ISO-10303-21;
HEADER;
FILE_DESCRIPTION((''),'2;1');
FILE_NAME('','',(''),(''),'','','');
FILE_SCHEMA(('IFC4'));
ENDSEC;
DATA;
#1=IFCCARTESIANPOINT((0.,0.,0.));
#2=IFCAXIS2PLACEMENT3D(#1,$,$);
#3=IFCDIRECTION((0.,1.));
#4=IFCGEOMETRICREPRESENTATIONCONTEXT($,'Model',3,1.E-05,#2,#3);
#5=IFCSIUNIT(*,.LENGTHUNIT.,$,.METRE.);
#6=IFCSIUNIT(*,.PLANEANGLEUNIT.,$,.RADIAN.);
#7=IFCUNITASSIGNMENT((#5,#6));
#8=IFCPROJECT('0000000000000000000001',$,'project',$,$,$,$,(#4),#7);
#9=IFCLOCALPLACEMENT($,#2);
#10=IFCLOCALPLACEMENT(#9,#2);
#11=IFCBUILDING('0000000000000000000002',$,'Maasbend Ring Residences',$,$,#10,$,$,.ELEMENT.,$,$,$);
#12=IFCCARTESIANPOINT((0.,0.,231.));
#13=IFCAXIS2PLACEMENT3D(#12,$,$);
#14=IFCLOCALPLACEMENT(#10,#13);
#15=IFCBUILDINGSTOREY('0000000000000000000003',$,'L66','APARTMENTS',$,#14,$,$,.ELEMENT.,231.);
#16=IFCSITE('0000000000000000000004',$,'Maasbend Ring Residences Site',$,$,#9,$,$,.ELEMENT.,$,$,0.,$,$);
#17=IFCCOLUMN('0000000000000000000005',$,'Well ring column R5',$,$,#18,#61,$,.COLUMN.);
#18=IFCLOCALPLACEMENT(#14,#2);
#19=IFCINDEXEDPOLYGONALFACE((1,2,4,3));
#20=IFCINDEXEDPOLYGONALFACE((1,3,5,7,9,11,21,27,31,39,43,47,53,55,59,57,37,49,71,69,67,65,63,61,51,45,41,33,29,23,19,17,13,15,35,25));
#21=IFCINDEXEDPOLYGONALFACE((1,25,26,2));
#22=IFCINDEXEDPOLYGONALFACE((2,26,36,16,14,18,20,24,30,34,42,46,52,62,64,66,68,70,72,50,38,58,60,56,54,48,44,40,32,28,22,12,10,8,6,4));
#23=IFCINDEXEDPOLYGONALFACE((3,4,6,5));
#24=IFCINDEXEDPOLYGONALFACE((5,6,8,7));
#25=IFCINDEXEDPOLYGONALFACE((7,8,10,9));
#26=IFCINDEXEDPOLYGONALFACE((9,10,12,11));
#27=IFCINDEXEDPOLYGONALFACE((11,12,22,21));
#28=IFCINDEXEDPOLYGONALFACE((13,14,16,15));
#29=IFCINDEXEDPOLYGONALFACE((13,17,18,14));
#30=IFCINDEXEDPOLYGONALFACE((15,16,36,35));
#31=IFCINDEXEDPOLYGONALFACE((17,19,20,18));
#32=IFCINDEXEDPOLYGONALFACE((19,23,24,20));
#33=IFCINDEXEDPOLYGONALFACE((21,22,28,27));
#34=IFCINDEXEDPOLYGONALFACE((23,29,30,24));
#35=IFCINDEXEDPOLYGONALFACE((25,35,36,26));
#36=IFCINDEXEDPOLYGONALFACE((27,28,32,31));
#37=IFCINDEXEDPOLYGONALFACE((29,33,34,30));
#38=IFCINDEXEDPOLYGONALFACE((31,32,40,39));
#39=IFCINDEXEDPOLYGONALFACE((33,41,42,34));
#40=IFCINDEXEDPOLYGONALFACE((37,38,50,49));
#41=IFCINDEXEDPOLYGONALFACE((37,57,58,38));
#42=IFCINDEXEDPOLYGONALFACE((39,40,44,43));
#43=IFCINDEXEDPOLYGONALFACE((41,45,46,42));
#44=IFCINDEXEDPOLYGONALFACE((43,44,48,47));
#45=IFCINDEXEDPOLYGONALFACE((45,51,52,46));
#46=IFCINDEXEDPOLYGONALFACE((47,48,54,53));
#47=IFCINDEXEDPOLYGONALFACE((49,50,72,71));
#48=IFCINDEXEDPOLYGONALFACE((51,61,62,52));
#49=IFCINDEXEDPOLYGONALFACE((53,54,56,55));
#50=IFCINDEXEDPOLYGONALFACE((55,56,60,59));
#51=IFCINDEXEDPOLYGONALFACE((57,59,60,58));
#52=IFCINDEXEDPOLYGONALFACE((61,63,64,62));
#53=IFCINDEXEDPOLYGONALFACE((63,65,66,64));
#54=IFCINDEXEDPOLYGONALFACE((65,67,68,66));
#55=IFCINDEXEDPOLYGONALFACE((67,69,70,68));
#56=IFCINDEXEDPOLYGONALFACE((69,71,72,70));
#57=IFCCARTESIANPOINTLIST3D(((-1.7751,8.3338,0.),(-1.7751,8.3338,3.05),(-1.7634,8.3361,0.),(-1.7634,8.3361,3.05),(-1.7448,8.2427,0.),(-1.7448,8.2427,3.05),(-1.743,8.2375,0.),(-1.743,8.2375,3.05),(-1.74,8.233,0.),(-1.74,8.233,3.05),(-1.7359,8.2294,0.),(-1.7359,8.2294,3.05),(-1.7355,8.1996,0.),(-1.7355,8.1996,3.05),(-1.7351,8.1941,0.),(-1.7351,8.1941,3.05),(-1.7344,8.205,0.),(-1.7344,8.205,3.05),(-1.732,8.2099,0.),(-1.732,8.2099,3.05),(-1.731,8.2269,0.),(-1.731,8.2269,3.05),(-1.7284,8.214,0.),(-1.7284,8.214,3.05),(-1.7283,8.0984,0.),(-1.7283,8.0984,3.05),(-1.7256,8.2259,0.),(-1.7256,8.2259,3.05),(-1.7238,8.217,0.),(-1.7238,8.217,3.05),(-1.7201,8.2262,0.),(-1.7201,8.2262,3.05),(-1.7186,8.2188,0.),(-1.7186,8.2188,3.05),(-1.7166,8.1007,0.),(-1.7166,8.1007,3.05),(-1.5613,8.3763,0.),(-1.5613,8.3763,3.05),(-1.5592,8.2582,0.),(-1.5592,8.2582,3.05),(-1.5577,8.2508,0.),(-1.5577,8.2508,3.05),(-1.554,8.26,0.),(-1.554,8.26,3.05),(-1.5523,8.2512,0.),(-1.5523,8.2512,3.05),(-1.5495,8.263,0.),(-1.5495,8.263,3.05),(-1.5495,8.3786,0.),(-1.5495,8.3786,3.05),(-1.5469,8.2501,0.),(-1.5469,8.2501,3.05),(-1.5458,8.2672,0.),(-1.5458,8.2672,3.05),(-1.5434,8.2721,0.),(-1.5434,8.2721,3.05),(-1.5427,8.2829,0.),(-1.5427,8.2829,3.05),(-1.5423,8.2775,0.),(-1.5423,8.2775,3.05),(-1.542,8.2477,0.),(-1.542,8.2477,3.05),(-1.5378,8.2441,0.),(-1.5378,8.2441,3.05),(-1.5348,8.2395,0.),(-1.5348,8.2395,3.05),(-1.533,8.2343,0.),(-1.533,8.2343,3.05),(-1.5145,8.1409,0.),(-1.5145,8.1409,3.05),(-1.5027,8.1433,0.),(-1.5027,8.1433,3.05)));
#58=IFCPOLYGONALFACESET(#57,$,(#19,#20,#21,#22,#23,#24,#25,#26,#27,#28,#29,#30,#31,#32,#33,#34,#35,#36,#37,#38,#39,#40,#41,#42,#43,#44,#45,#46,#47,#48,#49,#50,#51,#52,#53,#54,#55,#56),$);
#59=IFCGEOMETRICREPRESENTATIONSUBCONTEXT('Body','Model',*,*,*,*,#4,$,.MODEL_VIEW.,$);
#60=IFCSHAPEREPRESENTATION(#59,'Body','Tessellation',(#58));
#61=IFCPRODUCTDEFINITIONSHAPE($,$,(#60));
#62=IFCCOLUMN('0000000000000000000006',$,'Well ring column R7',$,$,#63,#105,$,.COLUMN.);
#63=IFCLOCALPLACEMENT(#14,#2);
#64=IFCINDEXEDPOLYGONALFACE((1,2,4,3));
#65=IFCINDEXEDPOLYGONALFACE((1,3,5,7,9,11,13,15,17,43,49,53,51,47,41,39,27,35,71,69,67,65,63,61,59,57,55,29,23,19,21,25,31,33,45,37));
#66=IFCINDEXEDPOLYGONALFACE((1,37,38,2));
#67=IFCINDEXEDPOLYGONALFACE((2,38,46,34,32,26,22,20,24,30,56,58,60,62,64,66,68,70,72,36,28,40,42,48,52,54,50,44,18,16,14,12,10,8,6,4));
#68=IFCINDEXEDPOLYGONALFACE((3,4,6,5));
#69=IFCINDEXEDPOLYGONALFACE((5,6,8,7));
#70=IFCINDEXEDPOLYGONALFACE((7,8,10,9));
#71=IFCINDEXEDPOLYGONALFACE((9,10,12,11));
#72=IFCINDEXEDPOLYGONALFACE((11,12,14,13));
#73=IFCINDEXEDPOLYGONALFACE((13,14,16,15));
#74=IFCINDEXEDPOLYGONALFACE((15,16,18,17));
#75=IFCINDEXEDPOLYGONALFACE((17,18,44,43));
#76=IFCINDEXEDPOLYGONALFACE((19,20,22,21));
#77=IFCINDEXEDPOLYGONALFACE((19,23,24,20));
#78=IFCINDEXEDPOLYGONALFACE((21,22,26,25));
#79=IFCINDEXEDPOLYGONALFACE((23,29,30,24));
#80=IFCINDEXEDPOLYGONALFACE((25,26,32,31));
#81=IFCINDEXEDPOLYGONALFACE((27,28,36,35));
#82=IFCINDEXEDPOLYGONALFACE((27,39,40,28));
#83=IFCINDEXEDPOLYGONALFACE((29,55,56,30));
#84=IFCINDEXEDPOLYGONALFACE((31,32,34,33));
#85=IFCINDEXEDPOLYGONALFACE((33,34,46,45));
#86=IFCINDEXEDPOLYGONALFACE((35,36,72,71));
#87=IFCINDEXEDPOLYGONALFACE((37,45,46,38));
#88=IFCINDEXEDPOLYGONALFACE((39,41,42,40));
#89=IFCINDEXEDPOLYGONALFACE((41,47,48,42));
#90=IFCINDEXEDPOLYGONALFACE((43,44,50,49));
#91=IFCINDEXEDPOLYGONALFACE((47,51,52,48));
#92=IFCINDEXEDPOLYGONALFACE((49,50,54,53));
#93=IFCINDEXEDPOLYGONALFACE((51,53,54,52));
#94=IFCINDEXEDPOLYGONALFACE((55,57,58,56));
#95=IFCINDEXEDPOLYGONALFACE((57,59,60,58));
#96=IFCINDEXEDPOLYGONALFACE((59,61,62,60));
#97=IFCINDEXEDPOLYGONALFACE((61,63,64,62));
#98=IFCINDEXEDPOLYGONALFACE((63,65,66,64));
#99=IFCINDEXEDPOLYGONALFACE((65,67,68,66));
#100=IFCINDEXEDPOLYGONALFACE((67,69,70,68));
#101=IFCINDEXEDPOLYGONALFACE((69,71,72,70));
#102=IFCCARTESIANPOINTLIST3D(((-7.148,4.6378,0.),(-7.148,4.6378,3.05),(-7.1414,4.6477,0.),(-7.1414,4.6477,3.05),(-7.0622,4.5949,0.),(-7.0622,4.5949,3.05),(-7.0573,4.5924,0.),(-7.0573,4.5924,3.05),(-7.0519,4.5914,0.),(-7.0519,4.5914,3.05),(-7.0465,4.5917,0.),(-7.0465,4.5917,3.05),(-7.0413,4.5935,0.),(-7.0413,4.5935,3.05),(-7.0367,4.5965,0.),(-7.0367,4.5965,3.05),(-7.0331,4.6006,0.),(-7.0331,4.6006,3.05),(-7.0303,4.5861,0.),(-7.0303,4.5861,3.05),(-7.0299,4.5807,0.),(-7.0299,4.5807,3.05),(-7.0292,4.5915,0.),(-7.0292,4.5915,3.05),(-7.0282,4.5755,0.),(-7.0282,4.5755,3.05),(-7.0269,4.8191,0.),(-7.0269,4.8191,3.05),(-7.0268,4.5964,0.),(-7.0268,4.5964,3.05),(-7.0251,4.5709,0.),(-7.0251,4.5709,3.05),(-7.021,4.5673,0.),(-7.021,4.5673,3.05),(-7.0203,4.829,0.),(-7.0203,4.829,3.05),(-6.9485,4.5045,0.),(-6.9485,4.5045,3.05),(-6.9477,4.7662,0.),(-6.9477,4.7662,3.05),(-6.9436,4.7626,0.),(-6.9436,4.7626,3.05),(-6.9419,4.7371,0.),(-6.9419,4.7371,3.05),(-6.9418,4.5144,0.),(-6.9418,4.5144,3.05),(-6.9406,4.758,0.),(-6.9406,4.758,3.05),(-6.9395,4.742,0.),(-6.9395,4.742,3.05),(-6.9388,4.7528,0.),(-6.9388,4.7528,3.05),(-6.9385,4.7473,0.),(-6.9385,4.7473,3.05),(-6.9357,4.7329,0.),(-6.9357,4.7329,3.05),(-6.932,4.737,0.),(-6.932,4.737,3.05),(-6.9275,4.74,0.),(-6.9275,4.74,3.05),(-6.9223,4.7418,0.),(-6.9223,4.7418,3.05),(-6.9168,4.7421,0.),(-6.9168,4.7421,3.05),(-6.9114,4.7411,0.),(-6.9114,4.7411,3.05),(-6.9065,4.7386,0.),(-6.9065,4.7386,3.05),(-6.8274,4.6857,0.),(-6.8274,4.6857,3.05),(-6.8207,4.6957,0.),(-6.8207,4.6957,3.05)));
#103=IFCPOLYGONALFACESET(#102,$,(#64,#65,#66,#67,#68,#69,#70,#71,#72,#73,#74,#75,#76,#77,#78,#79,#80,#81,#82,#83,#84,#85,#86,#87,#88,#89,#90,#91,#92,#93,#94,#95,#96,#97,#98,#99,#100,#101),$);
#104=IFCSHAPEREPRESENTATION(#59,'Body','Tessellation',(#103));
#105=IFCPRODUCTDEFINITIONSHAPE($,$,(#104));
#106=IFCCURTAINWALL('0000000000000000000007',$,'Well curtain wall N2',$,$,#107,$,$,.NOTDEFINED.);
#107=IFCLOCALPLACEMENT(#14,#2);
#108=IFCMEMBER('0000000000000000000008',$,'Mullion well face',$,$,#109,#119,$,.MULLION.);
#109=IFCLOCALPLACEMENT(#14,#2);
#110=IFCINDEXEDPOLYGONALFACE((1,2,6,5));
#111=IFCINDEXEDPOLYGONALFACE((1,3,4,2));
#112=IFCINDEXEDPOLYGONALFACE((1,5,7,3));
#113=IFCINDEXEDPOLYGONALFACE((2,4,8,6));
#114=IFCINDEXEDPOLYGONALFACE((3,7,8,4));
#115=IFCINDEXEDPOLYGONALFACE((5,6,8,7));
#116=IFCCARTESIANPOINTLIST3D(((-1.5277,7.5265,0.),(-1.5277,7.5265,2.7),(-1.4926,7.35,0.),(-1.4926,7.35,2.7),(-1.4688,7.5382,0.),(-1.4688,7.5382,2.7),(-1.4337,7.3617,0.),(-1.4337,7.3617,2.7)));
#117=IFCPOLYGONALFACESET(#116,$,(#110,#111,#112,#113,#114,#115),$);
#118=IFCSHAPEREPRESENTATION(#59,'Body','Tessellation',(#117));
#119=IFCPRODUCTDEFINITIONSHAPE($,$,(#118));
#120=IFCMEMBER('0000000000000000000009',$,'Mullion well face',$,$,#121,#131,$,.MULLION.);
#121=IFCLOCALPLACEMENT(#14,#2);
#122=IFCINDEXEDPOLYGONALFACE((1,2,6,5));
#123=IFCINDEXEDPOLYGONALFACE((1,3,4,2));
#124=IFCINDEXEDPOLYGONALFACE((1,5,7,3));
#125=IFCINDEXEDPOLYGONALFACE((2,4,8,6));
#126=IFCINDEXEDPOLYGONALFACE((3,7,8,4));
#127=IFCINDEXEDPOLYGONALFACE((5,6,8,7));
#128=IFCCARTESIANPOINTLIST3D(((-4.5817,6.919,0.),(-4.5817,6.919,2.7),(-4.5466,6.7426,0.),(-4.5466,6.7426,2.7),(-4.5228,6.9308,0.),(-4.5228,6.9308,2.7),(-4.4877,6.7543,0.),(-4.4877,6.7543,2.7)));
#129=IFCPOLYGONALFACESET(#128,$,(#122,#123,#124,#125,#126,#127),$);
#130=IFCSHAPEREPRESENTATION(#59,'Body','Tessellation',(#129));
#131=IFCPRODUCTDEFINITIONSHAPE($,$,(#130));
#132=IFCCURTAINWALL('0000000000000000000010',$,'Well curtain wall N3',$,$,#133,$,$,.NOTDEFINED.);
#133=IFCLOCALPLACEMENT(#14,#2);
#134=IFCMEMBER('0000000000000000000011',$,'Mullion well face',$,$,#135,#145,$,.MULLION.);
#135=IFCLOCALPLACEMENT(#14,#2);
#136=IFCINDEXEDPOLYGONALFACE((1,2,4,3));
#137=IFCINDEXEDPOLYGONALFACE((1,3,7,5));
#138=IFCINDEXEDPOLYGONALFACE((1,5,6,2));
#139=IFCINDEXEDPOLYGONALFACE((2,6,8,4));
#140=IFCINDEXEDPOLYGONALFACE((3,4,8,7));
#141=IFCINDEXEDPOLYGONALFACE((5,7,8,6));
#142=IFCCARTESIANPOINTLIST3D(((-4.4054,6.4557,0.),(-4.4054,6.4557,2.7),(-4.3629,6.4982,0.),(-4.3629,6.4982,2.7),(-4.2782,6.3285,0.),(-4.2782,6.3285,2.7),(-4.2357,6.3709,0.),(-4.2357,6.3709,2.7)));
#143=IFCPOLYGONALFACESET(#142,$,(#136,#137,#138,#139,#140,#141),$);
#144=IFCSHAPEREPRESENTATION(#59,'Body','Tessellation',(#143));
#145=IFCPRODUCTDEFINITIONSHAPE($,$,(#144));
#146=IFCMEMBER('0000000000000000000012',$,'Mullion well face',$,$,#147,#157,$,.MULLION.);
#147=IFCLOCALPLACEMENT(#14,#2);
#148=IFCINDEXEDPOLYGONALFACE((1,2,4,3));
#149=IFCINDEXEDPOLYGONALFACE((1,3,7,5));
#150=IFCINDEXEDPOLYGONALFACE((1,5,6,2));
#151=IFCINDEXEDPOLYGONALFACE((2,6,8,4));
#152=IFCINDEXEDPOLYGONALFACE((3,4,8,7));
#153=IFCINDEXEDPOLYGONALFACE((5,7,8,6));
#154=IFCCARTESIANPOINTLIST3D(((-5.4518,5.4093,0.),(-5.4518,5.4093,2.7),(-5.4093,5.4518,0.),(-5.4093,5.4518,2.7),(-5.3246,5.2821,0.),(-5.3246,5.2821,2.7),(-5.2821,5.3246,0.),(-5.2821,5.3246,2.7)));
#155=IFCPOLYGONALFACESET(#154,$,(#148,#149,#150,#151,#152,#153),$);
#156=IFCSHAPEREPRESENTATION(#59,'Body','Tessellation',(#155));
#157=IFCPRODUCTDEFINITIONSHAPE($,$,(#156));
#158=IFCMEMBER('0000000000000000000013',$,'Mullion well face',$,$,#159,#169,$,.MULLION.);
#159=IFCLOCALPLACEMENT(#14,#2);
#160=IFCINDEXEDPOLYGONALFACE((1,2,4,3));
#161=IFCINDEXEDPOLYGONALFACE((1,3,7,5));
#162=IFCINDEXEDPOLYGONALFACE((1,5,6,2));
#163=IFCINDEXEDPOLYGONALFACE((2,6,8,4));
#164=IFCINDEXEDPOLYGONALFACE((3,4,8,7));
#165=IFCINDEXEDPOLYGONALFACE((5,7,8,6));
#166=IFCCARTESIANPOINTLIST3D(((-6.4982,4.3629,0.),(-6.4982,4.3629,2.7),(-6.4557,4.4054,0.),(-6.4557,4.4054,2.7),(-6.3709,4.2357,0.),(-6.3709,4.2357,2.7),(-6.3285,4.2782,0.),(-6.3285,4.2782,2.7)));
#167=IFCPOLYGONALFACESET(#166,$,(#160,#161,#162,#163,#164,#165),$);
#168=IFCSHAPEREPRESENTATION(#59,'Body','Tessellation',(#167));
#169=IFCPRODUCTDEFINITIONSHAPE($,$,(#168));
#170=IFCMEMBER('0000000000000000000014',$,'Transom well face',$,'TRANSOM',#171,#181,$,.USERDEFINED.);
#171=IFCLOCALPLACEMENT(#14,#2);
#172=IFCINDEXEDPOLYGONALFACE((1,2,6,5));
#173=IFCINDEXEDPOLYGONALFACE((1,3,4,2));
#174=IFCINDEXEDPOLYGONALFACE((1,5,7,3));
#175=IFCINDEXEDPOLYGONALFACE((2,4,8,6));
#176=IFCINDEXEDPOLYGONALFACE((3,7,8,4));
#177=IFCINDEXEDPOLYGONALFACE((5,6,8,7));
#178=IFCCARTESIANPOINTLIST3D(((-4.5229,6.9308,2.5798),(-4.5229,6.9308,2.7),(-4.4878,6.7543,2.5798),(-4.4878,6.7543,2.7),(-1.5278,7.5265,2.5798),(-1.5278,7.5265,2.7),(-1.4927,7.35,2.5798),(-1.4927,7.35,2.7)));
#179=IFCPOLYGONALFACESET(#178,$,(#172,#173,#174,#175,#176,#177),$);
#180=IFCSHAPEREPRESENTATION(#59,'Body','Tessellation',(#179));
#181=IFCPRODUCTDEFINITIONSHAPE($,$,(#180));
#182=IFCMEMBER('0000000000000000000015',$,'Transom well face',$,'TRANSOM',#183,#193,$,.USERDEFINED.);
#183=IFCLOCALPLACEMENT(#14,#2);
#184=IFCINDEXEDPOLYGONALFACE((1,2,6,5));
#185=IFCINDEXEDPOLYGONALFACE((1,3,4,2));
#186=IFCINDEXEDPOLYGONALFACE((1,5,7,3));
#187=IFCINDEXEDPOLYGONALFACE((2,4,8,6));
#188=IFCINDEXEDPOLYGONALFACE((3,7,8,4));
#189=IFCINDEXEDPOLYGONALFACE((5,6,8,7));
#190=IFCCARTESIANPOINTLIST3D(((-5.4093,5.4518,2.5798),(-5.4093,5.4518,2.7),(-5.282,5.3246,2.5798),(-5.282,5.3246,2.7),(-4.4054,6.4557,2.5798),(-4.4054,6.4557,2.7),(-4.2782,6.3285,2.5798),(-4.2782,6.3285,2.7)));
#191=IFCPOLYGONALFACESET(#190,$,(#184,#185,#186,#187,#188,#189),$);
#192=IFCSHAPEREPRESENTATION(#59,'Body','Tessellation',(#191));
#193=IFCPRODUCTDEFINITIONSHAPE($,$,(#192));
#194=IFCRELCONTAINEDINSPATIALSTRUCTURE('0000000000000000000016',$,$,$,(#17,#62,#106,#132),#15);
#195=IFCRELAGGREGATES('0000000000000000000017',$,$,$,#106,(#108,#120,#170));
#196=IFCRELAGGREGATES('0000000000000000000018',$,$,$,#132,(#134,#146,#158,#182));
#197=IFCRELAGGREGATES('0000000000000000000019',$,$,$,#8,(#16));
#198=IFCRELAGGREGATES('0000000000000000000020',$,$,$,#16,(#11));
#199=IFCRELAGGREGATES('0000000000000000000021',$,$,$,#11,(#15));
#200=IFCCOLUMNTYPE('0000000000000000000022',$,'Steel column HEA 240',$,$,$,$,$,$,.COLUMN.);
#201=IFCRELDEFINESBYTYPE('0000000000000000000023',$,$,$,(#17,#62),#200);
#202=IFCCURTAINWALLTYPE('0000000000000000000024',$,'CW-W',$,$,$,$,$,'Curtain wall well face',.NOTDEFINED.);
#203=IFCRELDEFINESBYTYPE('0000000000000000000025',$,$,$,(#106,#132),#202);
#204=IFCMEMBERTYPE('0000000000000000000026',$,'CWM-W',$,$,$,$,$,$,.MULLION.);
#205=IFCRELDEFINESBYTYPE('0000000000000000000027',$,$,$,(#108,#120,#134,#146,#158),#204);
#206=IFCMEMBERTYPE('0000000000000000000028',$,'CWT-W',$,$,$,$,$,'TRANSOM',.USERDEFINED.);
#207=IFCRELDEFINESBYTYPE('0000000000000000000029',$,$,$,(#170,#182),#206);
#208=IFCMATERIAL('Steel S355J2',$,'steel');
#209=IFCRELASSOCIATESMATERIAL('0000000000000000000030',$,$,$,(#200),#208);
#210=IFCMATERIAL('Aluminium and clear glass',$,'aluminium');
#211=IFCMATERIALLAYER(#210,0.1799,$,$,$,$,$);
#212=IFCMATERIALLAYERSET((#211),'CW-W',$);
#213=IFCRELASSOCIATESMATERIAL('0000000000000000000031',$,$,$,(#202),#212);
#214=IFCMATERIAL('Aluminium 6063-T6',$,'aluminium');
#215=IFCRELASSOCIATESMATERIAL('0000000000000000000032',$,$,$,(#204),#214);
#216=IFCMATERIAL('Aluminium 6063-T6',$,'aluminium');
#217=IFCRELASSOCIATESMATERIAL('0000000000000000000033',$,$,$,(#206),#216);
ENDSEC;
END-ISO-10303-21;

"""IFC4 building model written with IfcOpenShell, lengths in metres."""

from ifc_helpers import new_model, si_unit, direction, frame, origin, origin_2d, place, context, subcontext, project, spatial, rectangle, i_section, extrude, material, layer, layer_set, material_profile, profile_set, type_object, element, aggregate, save


model = new_model("IFC4")

# Units and contexts
model_context = context("Model", 3, precision=1e-05, world=origin(), true_north=direction((0.0, 1.0)))
body_context = subcontext(model_context, "Body", "Model", "MODEL_VIEW")
ifc_project = project(units=[si_unit("LENGTHUNIT", "METRE"), si_unit("PLANEANGLEUNIT", "RADIAN")], contexts=[model_context])

# Site, building, storey
site_placement = place(None, origin())
site = spatial("IfcSite", under=ifc_project, at=site_placement, Name="Maasbend Ring Residences Site", CompositionType="ELEMENT", RefElevation=0.0)
building_placement = place(site_placement, origin())
building = spatial("IfcBuilding", under=site, at=building_placement, Name="Maasbend Ring Residences", CompositionType="ELEMENT")
storey_placement = place(building_placement, frame((0.0, 0.0, 231.0)))
storey = spatial("IfcBuildingStorey", under=building, at=storey_placement, Name="L66", Description="APARTMENTS", CompositionType="ELEMENT", Elevation=231.0)

# Columns
ifc_material_1 = material(Name="Steel S355J2", Category="steel")
ifc_material_profile_1 = material_profile(ifc_material_1, i_section(OverallWidth=0.24, OverallDepth=0.23, WebThickness=0.0076, FlangeThickness=0.012, FilletRadius=0.021, at=origin_2d()), Name="HEA 240")
ifc_profile_set_1 = profile_set([ifc_material_profile_1], Name="Steel S355J2")
column_type = type_object("IfcColumnType", Name="Steel column HEA 240", PredefinedType="COLUMN", material=ifc_profile_set_1)
for number, where, z_axis, x_axis, name in (
    (1, (-1.6389, 8.2385, 0.0), (0.0, 0.0, 1.0), (-0.19509, 0.980785, 0.0), "Well ring column R5"),
    (2, (-6.9844, 4.6667, 0.0), (0.0, 0.0, 1.0), (-0.83147, 0.55557, 0.0), "Well ring column R7"),
):
    element("IfcColumn", number, at=place(storey_placement, frame(where, z_axis=z_axis, x_axis=x_axis)), inside=storey, type_object=column_type, Name=name, PredefinedType="COLUMN", context=body_context, shape_type="SweptSolid", body=[
        extrude(i_section(OverallWidth=0.24, OverallDepth=0.23, WebThickness=0.0076, FlangeThickness=0.012, FilletRadius=0.021, at=origin_2d()), origin(), (0.0, 0.0, 1.0), 3.05),
    ])

# Curtain walls, members
ifc_material_2 = material(Name="Aluminium and clear glass", Category="aluminium")
ifc_layer_1 = layer(ifc_material_2, 0.1799)
ifc_layer_set_1 = layer_set([ifc_layer_1], Name="CW-W")
curtain_wall_type = type_object("IfcCurtainWallType", Name="CW-W", ElementType="Curtain wall well face", PredefinedType="NOTDEFINED", material=ifc_layer_set_1)
curtain_wall_1_placement = place(storey_placement, origin())
curtain_wall_1 = element("IfcCurtainWall", 3, at=curtain_wall_1_placement, inside=storey, type_object=curtain_wall_type, Name="Well curtain wall N2", PredefinedType="NOTDEFINED")
ifc_material_3 = material(Name="Aluminium 6063-T6", Category="aluminium")
ifc_material_profile_2 = material_profile(ifc_material_3, rectangle(XDim=0.1799, YDim=0.0601, at=origin_2d()), Name="AL 180x60")
ifc_profile_set_2 = profile_set([ifc_material_profile_2], Name="Aluminium 6063-T6")
member_type_1 = type_object("IfcMemberType", Name="CWM-W", PredefinedType="MULLION", material=ifc_profile_set_2)
member_1_placement = place(storey_placement, frame((-1.4807, 7.4441, 0.0), z_axis=(0.0, 0.0, 1.0), x_axis=(0.19509, -0.980785, 0.0)))
member_1 = element("IfcMember", 4, at=member_1_placement, type_object=member_type_1, Name="Mullion well face", PredefinedType="MULLION", context=body_context, shape_type="SweptSolid", body=[
    extrude(rectangle(XDim=0.1799, YDim=0.0601, at=origin_2d()), origin(), (0.0, 0.0, 1.0), 2.7),
])
member_2_placement = place(storey_placement, frame((-4.5347, 6.8367, 0.0), z_axis=(0.0, 0.0, 1.0), x_axis=(0.19509, -0.980785, 0.0)))
member_2 = element("IfcMember", 5, at=member_2_placement, type_object=member_type_1, Name="Mullion well face", PredefinedType="MULLION", context=body_context, shape_type="SweptSolid", body=[
    extrude(rectangle(XDim=0.1799, YDim=0.0601, at=origin_2d()), origin(), (0.0, 0.0, 1.0), 2.7),
])
curtain_wall_2_placement = place(storey_placement, origin())
curtain_wall_2 = element("IfcCurtainWall", 6, at=curtain_wall_2_placement, inside=storey, type_object=curtain_wall_type, Name="Well curtain wall N3", PredefinedType="NOTDEFINED")
member_3_placement = place(storey_placement, frame((-4.3206, 6.4133, 0.0), z_axis=(0.0, 0.0, 1.0), x_axis=(0.707107, -0.707107, 0.0)))
member_3 = element("IfcMember", 7, at=member_3_placement, type_object=member_type_1, Name="Mullion well face", PredefinedType="MULLION", context=body_context, shape_type="SweptSolid", body=[
    extrude(rectangle(XDim=0.1799, YDim=0.0601, at=origin_2d()), origin(), (0.0, 0.0, 1.0), 2.7),
])
member_4_placement = place(storey_placement, frame((-5.3669, 5.3669, 0.0), z_axis=(0.0, 0.0, 1.0), x_axis=(0.707107, -0.707107, 0.0)))
member_4 = element("IfcMember", 8, at=member_4_placement, type_object=member_type_1, Name="Mullion well face", PredefinedType="MULLION", context=body_context, shape_type="SweptSolid", body=[
    extrude(rectangle(XDim=0.1799, YDim=0.0601, at=origin_2d()), origin(), (0.0, 0.0, 1.0), 2.7),
])
member_5_placement = place(storey_placement, frame((-6.4133, 4.3206, 0.0), z_axis=(0.0, 0.0, 1.0), x_axis=(0.707107, -0.707107, 0.0)))
member_5 = element("IfcMember", 9, at=member_5_placement, type_object=member_type_1, Name="Mullion well face", PredefinedType="MULLION", context=body_context, shape_type="SweptSolid", body=[
    extrude(rectangle(XDim=0.1799, YDim=0.0601, at=origin_2d()), origin(), (0.0, 0.0, 1.0), 2.7),
])

# Members
ifc_material_4 = material(Name="Aluminium 6063-T6", Category="aluminium")
ifc_material_profile_3 = material_profile(ifc_material_4, rectangle(XDim=0.1799, YDim=0.1201, at=origin_2d()), Name="AL 180x120")
ifc_profile_set_3 = profile_set([ifc_material_profile_3], Name="Aluminium 6063-T6")
member_type_2 = type_object("IfcMemberType", Name="CWT-W", ElementType="TRANSOM", PredefinedType="USERDEFINED", material=ifc_profile_set_3)
member_6_placement = place(storey_placement, frame((-1.5103, 7.4382, 2.6399), z_axis=(-0.980789, -0.195071, 0.0), x_axis=(0.195071, -0.980789, 0.0)))
member_6 = element("IfcMember", 10, at=member_6_placement, type_object=member_type_2, Name="Transom well face", ObjectType="TRANSOM", PredefinedType="USERDEFINED", context=body_context, shape_type="SweptSolid", body=[
    extrude(rectangle(XDim=0.1799, YDim=0.1201, at=origin_2d()), origin(), (0.0, 0.0, 1.0), 3.0537),
])
member_7_placement = place(storey_placement, frame((-4.3418, 6.3921, 2.6399), z_axis=(-0.707107, -0.707107, 0.0), x_axis=(0.707107, -0.707107, 0.0)))
member_7 = element("IfcMember", 11, at=member_7_placement, type_object=member_type_2, Name="Transom well face", ObjectType="TRANSOM", PredefinedType="USERDEFINED", context=body_context, shape_type="SweptSolid", body=[
    extrude(rectangle(XDim=0.1799, YDim=0.1201, at=origin_2d()), origin(), (0.0, 0.0, 1.0), 1.4197),
])

aggregate(curtain_wall_1, [member_1, member_2, member_6])
aggregate(curtain_wall_2, [member_3, member_4, member_5, member_7])

save(model, "model.ifc")
